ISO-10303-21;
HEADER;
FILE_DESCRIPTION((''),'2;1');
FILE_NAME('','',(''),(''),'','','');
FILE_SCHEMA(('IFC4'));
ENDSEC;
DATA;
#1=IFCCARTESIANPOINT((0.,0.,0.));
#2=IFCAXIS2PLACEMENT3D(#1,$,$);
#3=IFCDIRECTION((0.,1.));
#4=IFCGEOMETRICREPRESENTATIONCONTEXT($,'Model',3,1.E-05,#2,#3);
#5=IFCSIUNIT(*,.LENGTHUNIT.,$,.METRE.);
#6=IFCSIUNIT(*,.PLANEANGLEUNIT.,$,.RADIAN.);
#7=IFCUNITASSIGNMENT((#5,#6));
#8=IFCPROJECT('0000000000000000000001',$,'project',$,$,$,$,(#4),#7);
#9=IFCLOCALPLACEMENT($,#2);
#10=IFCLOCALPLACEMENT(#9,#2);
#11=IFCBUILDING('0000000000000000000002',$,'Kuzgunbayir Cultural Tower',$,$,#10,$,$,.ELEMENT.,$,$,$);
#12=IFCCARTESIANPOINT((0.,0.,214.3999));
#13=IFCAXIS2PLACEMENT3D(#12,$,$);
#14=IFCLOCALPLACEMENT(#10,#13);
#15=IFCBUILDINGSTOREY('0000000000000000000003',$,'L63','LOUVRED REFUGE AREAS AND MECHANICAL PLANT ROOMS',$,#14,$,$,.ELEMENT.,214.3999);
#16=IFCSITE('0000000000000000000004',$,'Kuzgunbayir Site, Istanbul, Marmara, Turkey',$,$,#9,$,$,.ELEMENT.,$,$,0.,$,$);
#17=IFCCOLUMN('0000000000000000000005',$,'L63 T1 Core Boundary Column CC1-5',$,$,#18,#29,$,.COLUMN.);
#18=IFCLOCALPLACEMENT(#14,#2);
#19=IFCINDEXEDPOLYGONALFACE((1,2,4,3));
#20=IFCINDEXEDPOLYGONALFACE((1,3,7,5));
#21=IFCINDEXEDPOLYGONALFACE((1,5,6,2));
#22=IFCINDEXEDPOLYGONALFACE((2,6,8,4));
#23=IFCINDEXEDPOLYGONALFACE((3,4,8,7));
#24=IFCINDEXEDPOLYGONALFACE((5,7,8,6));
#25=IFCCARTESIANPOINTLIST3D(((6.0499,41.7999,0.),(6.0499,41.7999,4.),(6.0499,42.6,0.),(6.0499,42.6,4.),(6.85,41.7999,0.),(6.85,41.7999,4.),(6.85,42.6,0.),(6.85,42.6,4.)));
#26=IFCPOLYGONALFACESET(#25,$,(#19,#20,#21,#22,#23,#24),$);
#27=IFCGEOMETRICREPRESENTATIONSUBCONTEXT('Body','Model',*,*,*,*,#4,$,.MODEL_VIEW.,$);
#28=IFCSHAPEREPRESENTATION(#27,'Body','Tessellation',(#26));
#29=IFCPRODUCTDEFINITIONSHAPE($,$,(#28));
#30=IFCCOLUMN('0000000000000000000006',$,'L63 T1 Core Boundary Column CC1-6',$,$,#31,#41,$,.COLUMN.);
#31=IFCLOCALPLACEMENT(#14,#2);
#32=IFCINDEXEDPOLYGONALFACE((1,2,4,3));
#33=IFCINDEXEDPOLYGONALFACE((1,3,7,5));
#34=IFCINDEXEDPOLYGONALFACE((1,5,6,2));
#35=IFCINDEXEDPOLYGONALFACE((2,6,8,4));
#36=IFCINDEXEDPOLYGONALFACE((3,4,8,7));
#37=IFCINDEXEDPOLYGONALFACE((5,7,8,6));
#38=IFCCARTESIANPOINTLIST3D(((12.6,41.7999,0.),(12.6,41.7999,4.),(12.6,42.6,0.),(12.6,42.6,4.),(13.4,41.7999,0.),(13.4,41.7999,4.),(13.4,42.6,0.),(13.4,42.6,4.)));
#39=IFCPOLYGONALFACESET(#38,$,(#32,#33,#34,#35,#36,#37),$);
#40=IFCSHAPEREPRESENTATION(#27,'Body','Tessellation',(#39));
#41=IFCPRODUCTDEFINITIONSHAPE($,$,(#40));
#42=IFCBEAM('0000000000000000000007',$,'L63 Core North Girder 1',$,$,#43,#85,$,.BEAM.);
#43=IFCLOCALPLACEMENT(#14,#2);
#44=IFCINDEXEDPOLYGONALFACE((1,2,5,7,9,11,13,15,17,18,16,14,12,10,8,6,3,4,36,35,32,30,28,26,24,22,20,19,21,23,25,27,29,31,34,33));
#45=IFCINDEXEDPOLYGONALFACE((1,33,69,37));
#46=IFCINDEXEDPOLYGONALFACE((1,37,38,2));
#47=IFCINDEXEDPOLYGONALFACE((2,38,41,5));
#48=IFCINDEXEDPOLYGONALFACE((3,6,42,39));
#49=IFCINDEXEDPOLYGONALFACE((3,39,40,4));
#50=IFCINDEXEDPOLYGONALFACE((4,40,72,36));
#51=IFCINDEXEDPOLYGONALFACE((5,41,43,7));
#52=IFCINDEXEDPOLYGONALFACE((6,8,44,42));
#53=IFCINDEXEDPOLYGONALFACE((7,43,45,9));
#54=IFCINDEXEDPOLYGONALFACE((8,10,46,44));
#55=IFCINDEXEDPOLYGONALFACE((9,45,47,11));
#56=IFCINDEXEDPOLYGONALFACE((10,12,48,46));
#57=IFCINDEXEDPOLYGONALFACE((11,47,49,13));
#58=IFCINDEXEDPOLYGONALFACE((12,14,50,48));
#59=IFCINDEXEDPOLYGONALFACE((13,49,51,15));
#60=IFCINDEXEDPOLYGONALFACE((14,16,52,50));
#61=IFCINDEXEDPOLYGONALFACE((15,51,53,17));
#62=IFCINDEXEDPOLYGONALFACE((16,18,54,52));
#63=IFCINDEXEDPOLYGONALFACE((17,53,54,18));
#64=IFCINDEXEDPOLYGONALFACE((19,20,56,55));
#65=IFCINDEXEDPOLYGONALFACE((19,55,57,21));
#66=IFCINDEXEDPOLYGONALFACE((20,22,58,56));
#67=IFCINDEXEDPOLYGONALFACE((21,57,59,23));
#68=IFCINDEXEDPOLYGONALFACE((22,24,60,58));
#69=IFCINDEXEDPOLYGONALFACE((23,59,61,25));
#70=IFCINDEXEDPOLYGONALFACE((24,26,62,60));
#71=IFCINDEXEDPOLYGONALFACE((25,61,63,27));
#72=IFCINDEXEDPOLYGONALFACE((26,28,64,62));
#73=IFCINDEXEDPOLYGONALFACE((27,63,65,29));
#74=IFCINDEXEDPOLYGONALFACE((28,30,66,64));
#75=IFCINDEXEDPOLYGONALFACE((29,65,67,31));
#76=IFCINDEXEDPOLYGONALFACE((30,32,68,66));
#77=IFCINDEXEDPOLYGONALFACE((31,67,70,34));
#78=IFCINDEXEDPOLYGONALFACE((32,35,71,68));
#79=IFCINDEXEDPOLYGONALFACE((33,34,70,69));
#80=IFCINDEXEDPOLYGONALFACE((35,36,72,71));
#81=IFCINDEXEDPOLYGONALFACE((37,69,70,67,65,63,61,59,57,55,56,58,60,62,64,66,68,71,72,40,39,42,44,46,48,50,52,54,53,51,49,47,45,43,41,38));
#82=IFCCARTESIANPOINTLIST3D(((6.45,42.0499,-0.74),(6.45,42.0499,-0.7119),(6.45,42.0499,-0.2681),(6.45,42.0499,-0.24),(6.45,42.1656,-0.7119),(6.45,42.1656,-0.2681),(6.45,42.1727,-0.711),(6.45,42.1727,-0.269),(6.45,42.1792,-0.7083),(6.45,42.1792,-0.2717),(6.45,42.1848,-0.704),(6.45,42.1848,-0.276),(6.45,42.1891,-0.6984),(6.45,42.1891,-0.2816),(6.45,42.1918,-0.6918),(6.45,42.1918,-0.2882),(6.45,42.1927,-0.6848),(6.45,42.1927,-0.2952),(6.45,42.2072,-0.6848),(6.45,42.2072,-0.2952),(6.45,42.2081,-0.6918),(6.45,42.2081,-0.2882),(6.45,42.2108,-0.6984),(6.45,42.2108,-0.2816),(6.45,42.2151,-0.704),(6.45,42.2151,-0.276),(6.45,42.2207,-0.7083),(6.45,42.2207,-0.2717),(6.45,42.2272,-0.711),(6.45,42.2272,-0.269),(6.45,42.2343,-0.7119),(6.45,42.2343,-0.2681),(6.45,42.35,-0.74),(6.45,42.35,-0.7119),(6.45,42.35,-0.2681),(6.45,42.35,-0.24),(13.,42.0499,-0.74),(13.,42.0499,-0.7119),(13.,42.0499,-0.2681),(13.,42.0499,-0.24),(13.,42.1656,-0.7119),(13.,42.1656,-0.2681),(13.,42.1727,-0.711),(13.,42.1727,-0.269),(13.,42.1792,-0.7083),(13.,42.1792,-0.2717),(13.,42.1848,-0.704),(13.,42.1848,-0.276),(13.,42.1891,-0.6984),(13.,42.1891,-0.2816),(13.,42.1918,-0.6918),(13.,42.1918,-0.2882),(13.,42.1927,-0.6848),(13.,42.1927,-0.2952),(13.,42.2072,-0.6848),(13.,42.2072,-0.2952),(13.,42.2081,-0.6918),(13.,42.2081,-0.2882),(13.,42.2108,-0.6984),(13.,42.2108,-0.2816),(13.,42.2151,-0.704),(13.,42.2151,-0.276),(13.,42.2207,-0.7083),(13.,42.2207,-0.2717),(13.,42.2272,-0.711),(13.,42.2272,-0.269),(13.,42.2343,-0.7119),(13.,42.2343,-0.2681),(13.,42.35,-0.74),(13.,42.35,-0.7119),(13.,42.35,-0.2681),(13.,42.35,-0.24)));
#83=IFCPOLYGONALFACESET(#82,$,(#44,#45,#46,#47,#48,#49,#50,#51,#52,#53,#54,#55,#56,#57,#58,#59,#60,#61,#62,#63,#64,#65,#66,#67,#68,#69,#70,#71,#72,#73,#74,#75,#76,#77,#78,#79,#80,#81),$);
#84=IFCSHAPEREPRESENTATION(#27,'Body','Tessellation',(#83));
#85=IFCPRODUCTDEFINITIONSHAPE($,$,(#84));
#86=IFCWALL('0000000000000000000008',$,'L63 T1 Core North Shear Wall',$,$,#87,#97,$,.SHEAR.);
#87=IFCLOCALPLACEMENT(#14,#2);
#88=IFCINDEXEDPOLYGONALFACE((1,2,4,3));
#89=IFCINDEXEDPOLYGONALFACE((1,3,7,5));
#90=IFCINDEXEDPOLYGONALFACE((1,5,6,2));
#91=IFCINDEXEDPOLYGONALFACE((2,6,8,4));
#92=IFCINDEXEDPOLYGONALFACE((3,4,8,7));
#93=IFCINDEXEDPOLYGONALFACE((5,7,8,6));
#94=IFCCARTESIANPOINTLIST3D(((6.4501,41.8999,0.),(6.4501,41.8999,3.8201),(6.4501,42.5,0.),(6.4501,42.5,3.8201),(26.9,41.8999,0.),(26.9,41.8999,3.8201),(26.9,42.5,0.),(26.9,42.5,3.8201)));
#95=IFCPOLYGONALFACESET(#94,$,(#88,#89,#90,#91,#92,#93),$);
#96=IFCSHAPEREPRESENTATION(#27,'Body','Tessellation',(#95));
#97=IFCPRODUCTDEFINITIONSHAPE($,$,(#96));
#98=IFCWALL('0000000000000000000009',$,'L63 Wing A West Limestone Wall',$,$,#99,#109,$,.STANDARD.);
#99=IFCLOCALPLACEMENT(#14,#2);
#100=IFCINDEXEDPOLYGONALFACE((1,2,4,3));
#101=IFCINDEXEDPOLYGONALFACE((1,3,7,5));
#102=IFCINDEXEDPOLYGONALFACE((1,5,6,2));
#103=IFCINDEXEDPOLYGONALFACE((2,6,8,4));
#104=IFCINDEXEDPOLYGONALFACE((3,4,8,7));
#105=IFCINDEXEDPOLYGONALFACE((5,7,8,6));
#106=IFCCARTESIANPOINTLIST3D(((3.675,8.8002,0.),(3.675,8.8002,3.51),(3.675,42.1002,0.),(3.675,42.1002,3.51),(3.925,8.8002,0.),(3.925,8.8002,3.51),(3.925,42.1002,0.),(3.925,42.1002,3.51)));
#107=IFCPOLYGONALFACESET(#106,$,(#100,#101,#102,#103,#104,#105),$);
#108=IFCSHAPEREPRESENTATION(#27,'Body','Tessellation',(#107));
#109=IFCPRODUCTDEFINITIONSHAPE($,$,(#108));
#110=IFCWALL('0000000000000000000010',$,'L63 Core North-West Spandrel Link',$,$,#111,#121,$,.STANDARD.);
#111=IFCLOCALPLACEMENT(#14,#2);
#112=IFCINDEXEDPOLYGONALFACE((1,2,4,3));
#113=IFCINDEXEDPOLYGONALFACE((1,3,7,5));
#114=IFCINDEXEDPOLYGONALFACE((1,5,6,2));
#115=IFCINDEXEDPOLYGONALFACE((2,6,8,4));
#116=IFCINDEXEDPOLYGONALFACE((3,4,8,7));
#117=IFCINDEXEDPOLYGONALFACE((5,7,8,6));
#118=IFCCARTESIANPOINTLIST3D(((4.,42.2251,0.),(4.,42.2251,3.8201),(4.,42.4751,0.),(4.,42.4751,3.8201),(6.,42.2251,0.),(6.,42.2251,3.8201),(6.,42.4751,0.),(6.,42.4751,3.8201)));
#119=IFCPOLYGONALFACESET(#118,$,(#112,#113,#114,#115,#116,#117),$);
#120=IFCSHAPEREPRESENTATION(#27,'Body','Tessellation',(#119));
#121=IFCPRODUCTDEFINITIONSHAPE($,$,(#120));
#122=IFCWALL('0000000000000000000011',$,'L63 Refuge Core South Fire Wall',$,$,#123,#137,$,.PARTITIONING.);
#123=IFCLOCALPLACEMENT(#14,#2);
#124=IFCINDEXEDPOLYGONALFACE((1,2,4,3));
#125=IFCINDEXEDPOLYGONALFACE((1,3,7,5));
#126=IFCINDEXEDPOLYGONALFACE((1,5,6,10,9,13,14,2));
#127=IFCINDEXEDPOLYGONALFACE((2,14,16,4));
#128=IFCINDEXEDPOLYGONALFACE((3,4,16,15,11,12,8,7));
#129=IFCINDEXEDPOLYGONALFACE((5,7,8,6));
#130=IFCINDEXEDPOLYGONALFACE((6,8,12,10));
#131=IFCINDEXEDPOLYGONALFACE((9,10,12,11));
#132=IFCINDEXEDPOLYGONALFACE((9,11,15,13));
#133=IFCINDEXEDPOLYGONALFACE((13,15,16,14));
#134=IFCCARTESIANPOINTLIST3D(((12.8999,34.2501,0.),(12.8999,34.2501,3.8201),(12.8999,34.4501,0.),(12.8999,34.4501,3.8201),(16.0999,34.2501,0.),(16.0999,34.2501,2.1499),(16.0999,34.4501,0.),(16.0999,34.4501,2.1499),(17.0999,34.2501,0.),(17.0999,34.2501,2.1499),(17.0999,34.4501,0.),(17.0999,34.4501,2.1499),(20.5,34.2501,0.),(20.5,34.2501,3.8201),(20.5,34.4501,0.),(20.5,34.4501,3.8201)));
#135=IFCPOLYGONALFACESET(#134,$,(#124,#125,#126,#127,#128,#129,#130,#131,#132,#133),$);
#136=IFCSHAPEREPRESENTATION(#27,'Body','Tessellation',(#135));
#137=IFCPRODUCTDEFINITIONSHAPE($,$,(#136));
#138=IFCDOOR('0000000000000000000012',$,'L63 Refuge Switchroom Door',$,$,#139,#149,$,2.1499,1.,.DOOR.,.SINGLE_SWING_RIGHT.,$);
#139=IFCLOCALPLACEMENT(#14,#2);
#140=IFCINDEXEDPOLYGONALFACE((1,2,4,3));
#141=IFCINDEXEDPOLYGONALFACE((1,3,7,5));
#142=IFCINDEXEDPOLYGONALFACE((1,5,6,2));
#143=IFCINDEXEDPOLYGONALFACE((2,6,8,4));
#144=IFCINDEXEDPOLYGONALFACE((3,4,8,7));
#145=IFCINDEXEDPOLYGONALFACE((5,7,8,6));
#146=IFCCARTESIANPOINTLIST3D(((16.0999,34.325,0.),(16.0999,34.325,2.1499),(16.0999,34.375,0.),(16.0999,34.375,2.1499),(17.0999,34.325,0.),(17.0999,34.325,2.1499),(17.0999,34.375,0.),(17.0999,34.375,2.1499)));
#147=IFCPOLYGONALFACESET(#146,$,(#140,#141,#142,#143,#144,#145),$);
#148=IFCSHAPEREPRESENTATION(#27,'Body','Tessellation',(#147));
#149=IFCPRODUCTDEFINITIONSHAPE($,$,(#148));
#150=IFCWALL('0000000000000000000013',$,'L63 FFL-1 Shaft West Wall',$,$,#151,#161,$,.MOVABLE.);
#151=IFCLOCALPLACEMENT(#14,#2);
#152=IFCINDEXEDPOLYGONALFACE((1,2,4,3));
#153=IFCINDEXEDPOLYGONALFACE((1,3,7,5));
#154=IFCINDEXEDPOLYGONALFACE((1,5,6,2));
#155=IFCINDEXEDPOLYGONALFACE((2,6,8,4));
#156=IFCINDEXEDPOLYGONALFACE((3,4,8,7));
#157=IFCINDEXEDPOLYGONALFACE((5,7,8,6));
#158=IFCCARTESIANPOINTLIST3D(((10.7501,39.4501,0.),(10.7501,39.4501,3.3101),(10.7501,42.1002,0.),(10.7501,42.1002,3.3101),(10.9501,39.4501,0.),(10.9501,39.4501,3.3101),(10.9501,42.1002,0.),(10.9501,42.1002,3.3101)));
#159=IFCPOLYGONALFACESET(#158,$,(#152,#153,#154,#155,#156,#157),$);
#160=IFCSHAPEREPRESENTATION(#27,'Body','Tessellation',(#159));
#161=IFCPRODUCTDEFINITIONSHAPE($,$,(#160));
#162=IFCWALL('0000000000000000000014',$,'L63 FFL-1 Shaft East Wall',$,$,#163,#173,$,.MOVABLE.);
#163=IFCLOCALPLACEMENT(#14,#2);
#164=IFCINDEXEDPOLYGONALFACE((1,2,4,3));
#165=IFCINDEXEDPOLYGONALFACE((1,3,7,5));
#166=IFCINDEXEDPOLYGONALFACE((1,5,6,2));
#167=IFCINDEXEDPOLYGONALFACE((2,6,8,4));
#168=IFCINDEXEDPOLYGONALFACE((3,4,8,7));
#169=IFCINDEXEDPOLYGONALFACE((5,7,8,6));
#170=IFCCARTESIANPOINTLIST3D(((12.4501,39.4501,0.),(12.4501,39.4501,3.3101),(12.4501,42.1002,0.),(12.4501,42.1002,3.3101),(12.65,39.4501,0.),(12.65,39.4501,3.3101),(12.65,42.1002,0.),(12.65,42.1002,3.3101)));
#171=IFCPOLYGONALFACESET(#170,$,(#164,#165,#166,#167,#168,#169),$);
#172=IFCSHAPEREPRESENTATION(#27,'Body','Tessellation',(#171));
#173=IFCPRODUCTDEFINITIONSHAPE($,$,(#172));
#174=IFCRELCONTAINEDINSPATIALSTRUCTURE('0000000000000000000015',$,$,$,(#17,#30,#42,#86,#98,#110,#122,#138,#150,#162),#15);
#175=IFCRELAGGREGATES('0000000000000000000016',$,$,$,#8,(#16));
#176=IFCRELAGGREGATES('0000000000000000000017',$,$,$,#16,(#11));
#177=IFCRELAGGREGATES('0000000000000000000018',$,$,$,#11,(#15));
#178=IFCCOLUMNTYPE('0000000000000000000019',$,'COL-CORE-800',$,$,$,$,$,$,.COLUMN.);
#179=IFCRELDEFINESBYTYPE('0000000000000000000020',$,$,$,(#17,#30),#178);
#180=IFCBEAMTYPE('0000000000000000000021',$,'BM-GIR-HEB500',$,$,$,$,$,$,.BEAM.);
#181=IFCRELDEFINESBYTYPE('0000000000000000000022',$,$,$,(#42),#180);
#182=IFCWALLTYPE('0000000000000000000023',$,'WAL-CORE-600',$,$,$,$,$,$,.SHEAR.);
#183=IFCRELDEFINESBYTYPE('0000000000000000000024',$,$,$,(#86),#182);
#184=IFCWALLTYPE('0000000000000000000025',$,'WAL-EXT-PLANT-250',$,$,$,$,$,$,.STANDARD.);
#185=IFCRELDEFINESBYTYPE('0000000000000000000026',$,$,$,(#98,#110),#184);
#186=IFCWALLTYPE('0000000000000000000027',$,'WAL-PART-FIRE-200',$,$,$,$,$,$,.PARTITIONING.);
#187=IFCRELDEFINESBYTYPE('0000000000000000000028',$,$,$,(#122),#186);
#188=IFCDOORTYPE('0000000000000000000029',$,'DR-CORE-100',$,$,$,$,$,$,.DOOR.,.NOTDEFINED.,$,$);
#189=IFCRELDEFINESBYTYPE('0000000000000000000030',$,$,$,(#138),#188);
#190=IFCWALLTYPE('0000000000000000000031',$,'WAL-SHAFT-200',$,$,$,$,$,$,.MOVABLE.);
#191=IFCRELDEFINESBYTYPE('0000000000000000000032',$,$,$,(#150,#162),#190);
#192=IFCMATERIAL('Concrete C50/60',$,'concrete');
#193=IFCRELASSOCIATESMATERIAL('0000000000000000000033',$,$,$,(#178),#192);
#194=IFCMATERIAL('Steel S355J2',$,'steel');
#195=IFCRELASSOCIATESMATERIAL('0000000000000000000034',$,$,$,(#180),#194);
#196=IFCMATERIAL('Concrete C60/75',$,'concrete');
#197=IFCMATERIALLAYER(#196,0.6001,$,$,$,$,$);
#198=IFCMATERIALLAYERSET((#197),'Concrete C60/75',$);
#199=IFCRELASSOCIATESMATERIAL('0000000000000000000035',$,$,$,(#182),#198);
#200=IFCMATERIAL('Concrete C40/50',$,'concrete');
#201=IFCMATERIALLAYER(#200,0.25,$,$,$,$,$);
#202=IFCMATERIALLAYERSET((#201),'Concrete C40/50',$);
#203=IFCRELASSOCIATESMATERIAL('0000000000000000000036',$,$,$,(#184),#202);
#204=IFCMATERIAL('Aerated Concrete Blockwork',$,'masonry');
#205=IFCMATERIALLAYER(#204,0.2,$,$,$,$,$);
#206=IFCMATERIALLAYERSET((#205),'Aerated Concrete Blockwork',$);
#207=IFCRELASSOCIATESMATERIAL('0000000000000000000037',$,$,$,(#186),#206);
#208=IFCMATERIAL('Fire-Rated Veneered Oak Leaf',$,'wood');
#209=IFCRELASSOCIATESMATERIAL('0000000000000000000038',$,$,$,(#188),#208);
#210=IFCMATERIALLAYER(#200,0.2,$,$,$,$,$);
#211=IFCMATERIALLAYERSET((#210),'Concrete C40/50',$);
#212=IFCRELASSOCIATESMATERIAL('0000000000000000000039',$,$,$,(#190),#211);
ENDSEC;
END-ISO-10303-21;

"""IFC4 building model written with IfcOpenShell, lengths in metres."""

from ifc_helpers import new_model, si_unit, direction, frame, frame_2d, origin, origin_2d, place, context, subcontext, project, spatial, rectangle, i_section, extrude, material, layer, layer_set, material_profile, profile_set, type_object, element, fill, save


model = new_model("IFC4")

# Units and contexts
model_context = context("Model", 3, precision=1e-05, world=origin(), true_north=direction((0.0, 1.0)))
body_context = subcontext(model_context, "Body", "Model", "MODEL_VIEW")
ifc_project = project(units=[si_unit("LENGTHUNIT", "METRE"), si_unit("PLANEANGLEUNIT", "RADIAN")], contexts=[model_context])

# Site, building, storey
site_placement = place(None, origin())
site = spatial("IfcSite", under=ifc_project, at=site_placement, Name="Kuzgunbayir Site, Istanbul, Marmara, Turkey", CompositionType="ELEMENT", RefElevation=0.0)
building_placement = place(site_placement, origin())
building = spatial("IfcBuilding", under=site, at=building_placement, Name="Kuzgunbayir Cultural Tower", CompositionType="ELEMENT")
storey_placement = place(building_placement, frame((0.0, 0.0, 214.3999)))
storey = spatial("IfcBuildingStorey", under=building, at=storey_placement, Name="L63", Description="LOUVRED REFUGE AREAS AND MECHANICAL PLANT ROOMS", CompositionType="ELEMENT", Elevation=214.3999)

# Columns
ifc_material_1 = material(Name="Concrete C50/60", Category="concrete")
ifc_material_profile_1 = material_profile(ifc_material_1, rectangle(XDim=0.8, YDim=0.8, at=origin_2d()), Name="RC 800x800")
ifc_profile_set_1 = profile_set([ifc_material_profile_1], Name="Concrete C50/60")
column_type = type_object("IfcColumnType", Name="COL-CORE-800", PredefinedType="COLUMN", material=ifc_profile_set_1)
for number, where, z_axis, x_axis, name in (
    (1, (6.45, 42.2, 0.0), (0.0, 0.0, 1.0), (1.0, 0.0, 0.0), "L63 T1 Core Boundary Column CC1-5"),
    (2, (13.0, 42.2, 0.0), (0.0, 0.0, 1.0), (1.0, 0.0, 0.0), "L63 T1 Core Boundary Column CC1-6"),
):
    element("IfcColumn", number, at=place(storey_placement, frame(where, z_axis=z_axis, x_axis=x_axis)), inside=storey, type_object=column_type, Name=name, PredefinedType="COLUMN", context=body_context, shape_type="SweptSolid", body=[
        extrude(rectangle(XDim=0.8, YDim=0.8, at=origin_2d()), origin(), (0.0, 0.0, 1.0), 4.0),
    ])

# Beam
ifc_material_2 = material(Name="Steel S355J2", Category="steel")
ifc_material_profile_2 = material_profile(ifc_material_2, i_section(OverallWidth=0.3, OverallDepth=0.5, WebThickness=0.0144, FlangeThickness=0.0281, FilletRadius=0.0271, at=origin_2d()), Name="HEB 500")
ifc_profile_set_2 = profile_set([ifc_material_profile_2], Name="Steel S355J2")
beam_type = type_object("IfcBeamType", Name="BM-GIR-HEB500", PredefinedType="BEAM", material=ifc_profile_set_2)
beam_placement = place(storey_placement, frame((6.45, 42.2, -0.49), z_axis=(1.0, 0.0, 0.0), x_axis=(0.0, 1.0, 0.0)))
element("IfcBeam", 3, at=beam_placement, inside=storey, type_object=beam_type, Name="L63 Core North Girder 1", PredefinedType="BEAM", context=body_context, shape_type="SweptSolid", body=[
    extrude(i_section(OverallWidth=0.3, OverallDepth=0.5, WebThickness=0.0144, FlangeThickness=0.0281, FilletRadius=0.0271, at=origin_2d()), origin(), (0.0, 0.0, 1.0), 6.55),
])

# Walls
ifc_material_3 = material(Name="Concrete C60/75", Category="concrete")
ifc_layer_1 = layer(ifc_material_3, 0.6001)
ifc_layer_set_1 = layer_set([ifc_layer_1], Name="Concrete C60/75")
wall_type_1 = type_object("IfcWallType", Name="WAL-CORE-600", PredefinedType="SHEAR", material=ifc_layer_set_1)
wall_1_placement = place(storey_placement, frame((6.45, 42.2, 0.0), z_axis=(0.0, 0.0, 1.0), x_axis=(1.0, 0.0, 0.0)))
element("IfcWall", 4, at=wall_1_placement, inside=storey, type_object=wall_type_1, Name="L63 T1 Core North Shear Wall", PredefinedType="SHEAR", context=body_context, shape_type="SweptSolid", body=[
    extrude(rectangle(XDim=20.45, YDim=0.6001, at=frame_2d((10.2251, 0.0))), origin(), (0.0, 0.0, 1.0), 3.8201),
])
ifc_material_4 = material(Name="Concrete C40/50", Category="concrete")
ifc_layer_2 = layer(ifc_material_4, 0.25)
ifc_layer_set_2 = layer_set([ifc_layer_2], Name="Concrete C40/50")
wall_type_2 = type_object("IfcWallType", Name="WAL-EXT-PLANT-250", PredefinedType="STANDARD", material=ifc_layer_set_2)
wall_2_placement = place(storey_placement, frame((3.8, 42.1001, 0.0), z_axis=(0.0, 0.0, 1.0), x_axis=(0.0, -1.0, 0.0)))
element("IfcWall", 5, at=wall_2_placement, inside=storey, type_object=wall_type_2, Name="L63 Wing A West Limestone Wall", PredefinedType="STANDARD", context=body_context, shape_type="SweptSolid", body=[
    extrude(rectangle(XDim=33.3, YDim=0.25, at=frame_2d((16.6499, 0.0))), origin(), (0.0, 0.0, 1.0), 3.51),
])
wall_3_placement = place(storey_placement, frame((6.0, 42.3501, 0.0), z_axis=(0.0, 0.0, 1.0), x_axis=(-1.0, 0.0, 0.0)))
element("IfcWall", 6, at=wall_3_placement, inside=storey, type_object=wall_type_2, Name="L63 Core North-West Spandrel Link", PredefinedType="STANDARD", context=body_context, shape_type="SweptSolid", body=[
    extrude(rectangle(XDim=2.0, YDim=0.25, at=frame_2d((1.0, 0.0))), origin(), (0.0, 0.0, 1.0), 3.8201),
])

# Wall, opening, door
ifc_material_5 = material(Name="Aerated Concrete Blockwork", Category="masonry")
ifc_layer_3 = layer(ifc_material_5, 0.2)
ifc_layer_set_3 = layer_set([ifc_layer_3], Name="Aerated Concrete Blockwork")
wall_type_3 = type_object("IfcWallType", Name="WAL-PART-FIRE-200", PredefinedType="PARTITIONING", material=ifc_layer_set_3)
wall_4_placement = place(storey_placement, frame((12.8999, 34.3501, 0.0), z_axis=(0.0, 0.0, 1.0), x_axis=(1.0, 0.0, 0.0)))
wall_4 = element("IfcWall", 7, at=wall_4_placement, inside=storey, type_object=wall_type_3, Name="L63 Refuge Core South Fire Wall", PredefinedType="PARTITIONING", context=body_context, shape_type="SweptSolid", body=[
    extrude(rectangle(XDim=7.6001, YDim=0.2, at=frame_2d((3.8, 0.0))), origin(), (0.0, 0.0, 1.0), 3.8201),
])
opening_1_placement = place(wall_4_placement, frame((3.2, 0.0, 0.0)))
opening_1 = element("IfcOpeningElement", 8, at=opening_1_placement, cuts=wall_4, PredefinedType="OPENING", context=body_context, shape_type="SweptSolid", body=[
    extrude(rectangle(XDim=1.0, YDim=2.1499, at=frame_2d((0.5, 1.075))), frame((0.0, 0.1099, 0.0), z_axis=(0.0, -1.0, 0.0), x_axis=(1.0, 0.0, 0.0)), (0.0, 0.0, 1.0), 0.22),
])
ifc_material_6 = material(Name="Fire-Rated Veneered Oak Leaf", Category="wood")
door_type_1 = type_object("IfcDoorType", Name="DR-CORE-100", OperationType="NOTDEFINED", PredefinedType="DOOR", material=ifc_material_6)
door_1_placement = place(opening_1_placement, origin())
door_1 = element("IfcDoor", 9, at=door_1_placement, inside=storey, type_object=door_type_1, Name="L63 Refuge Switchroom Door", OperationType="SINGLE_SWING_RIGHT", OverallHeight=2.1499, OverallWidth=1.0, PredefinedType="DOOR", context=body_context, shape_type="SweptSolid", body=[
    extrude(rectangle(XDim=1.0, YDim=2.1499, at=frame_2d((0.5, 1.075))), frame((0.0, 0.0249, 0.0), z_axis=(0.0, -1.0, 0.0), x_axis=(1.0, 0.0, 0.0)), (0.0, 0.0, 1.0), 0.05),
])
fill(opening_1, door_1)
ifc_layer_4 = layer(ifc_material_4, 0.2)
ifc_layer_set_4 = layer_set([ifc_layer_4], Name="Concrete C40/50")
wall_type_4 = type_object("IfcWallType", Name="WAL-SHAFT-200", PredefinedType="MOVABLE", material=ifc_layer_set_4)

# Walls
for number, where, z_axis, x_axis, name in (
    (10, (10.8501, 39.45, 0.0), (0.0, 0.0, 1.0), (0.0, 1.0, 0.0), "L63 FFL-1 Shaft West Wall"),
    (11, (12.55, 39.45, 0.0), (0.0, 0.0, 1.0), (0.0, 1.0, 0.0), "L63 FFL-1 Shaft East Wall"),
):
    element("IfcWall", number, at=place(storey_placement, frame(where, z_axis=z_axis, x_axis=x_axis)), inside=storey, type_object=wall_type_4, Name=name, PredefinedType="MOVABLE", context=body_context, shape_type="SweptSolid", body=[
        extrude(rectangle(XDim=2.6501, YDim=0.2, at=frame_2d((1.3252, 0.0))), origin(), (0.0, 0.0, 1.0), 3.3101),
    ])

save(model, "model.ifc")
